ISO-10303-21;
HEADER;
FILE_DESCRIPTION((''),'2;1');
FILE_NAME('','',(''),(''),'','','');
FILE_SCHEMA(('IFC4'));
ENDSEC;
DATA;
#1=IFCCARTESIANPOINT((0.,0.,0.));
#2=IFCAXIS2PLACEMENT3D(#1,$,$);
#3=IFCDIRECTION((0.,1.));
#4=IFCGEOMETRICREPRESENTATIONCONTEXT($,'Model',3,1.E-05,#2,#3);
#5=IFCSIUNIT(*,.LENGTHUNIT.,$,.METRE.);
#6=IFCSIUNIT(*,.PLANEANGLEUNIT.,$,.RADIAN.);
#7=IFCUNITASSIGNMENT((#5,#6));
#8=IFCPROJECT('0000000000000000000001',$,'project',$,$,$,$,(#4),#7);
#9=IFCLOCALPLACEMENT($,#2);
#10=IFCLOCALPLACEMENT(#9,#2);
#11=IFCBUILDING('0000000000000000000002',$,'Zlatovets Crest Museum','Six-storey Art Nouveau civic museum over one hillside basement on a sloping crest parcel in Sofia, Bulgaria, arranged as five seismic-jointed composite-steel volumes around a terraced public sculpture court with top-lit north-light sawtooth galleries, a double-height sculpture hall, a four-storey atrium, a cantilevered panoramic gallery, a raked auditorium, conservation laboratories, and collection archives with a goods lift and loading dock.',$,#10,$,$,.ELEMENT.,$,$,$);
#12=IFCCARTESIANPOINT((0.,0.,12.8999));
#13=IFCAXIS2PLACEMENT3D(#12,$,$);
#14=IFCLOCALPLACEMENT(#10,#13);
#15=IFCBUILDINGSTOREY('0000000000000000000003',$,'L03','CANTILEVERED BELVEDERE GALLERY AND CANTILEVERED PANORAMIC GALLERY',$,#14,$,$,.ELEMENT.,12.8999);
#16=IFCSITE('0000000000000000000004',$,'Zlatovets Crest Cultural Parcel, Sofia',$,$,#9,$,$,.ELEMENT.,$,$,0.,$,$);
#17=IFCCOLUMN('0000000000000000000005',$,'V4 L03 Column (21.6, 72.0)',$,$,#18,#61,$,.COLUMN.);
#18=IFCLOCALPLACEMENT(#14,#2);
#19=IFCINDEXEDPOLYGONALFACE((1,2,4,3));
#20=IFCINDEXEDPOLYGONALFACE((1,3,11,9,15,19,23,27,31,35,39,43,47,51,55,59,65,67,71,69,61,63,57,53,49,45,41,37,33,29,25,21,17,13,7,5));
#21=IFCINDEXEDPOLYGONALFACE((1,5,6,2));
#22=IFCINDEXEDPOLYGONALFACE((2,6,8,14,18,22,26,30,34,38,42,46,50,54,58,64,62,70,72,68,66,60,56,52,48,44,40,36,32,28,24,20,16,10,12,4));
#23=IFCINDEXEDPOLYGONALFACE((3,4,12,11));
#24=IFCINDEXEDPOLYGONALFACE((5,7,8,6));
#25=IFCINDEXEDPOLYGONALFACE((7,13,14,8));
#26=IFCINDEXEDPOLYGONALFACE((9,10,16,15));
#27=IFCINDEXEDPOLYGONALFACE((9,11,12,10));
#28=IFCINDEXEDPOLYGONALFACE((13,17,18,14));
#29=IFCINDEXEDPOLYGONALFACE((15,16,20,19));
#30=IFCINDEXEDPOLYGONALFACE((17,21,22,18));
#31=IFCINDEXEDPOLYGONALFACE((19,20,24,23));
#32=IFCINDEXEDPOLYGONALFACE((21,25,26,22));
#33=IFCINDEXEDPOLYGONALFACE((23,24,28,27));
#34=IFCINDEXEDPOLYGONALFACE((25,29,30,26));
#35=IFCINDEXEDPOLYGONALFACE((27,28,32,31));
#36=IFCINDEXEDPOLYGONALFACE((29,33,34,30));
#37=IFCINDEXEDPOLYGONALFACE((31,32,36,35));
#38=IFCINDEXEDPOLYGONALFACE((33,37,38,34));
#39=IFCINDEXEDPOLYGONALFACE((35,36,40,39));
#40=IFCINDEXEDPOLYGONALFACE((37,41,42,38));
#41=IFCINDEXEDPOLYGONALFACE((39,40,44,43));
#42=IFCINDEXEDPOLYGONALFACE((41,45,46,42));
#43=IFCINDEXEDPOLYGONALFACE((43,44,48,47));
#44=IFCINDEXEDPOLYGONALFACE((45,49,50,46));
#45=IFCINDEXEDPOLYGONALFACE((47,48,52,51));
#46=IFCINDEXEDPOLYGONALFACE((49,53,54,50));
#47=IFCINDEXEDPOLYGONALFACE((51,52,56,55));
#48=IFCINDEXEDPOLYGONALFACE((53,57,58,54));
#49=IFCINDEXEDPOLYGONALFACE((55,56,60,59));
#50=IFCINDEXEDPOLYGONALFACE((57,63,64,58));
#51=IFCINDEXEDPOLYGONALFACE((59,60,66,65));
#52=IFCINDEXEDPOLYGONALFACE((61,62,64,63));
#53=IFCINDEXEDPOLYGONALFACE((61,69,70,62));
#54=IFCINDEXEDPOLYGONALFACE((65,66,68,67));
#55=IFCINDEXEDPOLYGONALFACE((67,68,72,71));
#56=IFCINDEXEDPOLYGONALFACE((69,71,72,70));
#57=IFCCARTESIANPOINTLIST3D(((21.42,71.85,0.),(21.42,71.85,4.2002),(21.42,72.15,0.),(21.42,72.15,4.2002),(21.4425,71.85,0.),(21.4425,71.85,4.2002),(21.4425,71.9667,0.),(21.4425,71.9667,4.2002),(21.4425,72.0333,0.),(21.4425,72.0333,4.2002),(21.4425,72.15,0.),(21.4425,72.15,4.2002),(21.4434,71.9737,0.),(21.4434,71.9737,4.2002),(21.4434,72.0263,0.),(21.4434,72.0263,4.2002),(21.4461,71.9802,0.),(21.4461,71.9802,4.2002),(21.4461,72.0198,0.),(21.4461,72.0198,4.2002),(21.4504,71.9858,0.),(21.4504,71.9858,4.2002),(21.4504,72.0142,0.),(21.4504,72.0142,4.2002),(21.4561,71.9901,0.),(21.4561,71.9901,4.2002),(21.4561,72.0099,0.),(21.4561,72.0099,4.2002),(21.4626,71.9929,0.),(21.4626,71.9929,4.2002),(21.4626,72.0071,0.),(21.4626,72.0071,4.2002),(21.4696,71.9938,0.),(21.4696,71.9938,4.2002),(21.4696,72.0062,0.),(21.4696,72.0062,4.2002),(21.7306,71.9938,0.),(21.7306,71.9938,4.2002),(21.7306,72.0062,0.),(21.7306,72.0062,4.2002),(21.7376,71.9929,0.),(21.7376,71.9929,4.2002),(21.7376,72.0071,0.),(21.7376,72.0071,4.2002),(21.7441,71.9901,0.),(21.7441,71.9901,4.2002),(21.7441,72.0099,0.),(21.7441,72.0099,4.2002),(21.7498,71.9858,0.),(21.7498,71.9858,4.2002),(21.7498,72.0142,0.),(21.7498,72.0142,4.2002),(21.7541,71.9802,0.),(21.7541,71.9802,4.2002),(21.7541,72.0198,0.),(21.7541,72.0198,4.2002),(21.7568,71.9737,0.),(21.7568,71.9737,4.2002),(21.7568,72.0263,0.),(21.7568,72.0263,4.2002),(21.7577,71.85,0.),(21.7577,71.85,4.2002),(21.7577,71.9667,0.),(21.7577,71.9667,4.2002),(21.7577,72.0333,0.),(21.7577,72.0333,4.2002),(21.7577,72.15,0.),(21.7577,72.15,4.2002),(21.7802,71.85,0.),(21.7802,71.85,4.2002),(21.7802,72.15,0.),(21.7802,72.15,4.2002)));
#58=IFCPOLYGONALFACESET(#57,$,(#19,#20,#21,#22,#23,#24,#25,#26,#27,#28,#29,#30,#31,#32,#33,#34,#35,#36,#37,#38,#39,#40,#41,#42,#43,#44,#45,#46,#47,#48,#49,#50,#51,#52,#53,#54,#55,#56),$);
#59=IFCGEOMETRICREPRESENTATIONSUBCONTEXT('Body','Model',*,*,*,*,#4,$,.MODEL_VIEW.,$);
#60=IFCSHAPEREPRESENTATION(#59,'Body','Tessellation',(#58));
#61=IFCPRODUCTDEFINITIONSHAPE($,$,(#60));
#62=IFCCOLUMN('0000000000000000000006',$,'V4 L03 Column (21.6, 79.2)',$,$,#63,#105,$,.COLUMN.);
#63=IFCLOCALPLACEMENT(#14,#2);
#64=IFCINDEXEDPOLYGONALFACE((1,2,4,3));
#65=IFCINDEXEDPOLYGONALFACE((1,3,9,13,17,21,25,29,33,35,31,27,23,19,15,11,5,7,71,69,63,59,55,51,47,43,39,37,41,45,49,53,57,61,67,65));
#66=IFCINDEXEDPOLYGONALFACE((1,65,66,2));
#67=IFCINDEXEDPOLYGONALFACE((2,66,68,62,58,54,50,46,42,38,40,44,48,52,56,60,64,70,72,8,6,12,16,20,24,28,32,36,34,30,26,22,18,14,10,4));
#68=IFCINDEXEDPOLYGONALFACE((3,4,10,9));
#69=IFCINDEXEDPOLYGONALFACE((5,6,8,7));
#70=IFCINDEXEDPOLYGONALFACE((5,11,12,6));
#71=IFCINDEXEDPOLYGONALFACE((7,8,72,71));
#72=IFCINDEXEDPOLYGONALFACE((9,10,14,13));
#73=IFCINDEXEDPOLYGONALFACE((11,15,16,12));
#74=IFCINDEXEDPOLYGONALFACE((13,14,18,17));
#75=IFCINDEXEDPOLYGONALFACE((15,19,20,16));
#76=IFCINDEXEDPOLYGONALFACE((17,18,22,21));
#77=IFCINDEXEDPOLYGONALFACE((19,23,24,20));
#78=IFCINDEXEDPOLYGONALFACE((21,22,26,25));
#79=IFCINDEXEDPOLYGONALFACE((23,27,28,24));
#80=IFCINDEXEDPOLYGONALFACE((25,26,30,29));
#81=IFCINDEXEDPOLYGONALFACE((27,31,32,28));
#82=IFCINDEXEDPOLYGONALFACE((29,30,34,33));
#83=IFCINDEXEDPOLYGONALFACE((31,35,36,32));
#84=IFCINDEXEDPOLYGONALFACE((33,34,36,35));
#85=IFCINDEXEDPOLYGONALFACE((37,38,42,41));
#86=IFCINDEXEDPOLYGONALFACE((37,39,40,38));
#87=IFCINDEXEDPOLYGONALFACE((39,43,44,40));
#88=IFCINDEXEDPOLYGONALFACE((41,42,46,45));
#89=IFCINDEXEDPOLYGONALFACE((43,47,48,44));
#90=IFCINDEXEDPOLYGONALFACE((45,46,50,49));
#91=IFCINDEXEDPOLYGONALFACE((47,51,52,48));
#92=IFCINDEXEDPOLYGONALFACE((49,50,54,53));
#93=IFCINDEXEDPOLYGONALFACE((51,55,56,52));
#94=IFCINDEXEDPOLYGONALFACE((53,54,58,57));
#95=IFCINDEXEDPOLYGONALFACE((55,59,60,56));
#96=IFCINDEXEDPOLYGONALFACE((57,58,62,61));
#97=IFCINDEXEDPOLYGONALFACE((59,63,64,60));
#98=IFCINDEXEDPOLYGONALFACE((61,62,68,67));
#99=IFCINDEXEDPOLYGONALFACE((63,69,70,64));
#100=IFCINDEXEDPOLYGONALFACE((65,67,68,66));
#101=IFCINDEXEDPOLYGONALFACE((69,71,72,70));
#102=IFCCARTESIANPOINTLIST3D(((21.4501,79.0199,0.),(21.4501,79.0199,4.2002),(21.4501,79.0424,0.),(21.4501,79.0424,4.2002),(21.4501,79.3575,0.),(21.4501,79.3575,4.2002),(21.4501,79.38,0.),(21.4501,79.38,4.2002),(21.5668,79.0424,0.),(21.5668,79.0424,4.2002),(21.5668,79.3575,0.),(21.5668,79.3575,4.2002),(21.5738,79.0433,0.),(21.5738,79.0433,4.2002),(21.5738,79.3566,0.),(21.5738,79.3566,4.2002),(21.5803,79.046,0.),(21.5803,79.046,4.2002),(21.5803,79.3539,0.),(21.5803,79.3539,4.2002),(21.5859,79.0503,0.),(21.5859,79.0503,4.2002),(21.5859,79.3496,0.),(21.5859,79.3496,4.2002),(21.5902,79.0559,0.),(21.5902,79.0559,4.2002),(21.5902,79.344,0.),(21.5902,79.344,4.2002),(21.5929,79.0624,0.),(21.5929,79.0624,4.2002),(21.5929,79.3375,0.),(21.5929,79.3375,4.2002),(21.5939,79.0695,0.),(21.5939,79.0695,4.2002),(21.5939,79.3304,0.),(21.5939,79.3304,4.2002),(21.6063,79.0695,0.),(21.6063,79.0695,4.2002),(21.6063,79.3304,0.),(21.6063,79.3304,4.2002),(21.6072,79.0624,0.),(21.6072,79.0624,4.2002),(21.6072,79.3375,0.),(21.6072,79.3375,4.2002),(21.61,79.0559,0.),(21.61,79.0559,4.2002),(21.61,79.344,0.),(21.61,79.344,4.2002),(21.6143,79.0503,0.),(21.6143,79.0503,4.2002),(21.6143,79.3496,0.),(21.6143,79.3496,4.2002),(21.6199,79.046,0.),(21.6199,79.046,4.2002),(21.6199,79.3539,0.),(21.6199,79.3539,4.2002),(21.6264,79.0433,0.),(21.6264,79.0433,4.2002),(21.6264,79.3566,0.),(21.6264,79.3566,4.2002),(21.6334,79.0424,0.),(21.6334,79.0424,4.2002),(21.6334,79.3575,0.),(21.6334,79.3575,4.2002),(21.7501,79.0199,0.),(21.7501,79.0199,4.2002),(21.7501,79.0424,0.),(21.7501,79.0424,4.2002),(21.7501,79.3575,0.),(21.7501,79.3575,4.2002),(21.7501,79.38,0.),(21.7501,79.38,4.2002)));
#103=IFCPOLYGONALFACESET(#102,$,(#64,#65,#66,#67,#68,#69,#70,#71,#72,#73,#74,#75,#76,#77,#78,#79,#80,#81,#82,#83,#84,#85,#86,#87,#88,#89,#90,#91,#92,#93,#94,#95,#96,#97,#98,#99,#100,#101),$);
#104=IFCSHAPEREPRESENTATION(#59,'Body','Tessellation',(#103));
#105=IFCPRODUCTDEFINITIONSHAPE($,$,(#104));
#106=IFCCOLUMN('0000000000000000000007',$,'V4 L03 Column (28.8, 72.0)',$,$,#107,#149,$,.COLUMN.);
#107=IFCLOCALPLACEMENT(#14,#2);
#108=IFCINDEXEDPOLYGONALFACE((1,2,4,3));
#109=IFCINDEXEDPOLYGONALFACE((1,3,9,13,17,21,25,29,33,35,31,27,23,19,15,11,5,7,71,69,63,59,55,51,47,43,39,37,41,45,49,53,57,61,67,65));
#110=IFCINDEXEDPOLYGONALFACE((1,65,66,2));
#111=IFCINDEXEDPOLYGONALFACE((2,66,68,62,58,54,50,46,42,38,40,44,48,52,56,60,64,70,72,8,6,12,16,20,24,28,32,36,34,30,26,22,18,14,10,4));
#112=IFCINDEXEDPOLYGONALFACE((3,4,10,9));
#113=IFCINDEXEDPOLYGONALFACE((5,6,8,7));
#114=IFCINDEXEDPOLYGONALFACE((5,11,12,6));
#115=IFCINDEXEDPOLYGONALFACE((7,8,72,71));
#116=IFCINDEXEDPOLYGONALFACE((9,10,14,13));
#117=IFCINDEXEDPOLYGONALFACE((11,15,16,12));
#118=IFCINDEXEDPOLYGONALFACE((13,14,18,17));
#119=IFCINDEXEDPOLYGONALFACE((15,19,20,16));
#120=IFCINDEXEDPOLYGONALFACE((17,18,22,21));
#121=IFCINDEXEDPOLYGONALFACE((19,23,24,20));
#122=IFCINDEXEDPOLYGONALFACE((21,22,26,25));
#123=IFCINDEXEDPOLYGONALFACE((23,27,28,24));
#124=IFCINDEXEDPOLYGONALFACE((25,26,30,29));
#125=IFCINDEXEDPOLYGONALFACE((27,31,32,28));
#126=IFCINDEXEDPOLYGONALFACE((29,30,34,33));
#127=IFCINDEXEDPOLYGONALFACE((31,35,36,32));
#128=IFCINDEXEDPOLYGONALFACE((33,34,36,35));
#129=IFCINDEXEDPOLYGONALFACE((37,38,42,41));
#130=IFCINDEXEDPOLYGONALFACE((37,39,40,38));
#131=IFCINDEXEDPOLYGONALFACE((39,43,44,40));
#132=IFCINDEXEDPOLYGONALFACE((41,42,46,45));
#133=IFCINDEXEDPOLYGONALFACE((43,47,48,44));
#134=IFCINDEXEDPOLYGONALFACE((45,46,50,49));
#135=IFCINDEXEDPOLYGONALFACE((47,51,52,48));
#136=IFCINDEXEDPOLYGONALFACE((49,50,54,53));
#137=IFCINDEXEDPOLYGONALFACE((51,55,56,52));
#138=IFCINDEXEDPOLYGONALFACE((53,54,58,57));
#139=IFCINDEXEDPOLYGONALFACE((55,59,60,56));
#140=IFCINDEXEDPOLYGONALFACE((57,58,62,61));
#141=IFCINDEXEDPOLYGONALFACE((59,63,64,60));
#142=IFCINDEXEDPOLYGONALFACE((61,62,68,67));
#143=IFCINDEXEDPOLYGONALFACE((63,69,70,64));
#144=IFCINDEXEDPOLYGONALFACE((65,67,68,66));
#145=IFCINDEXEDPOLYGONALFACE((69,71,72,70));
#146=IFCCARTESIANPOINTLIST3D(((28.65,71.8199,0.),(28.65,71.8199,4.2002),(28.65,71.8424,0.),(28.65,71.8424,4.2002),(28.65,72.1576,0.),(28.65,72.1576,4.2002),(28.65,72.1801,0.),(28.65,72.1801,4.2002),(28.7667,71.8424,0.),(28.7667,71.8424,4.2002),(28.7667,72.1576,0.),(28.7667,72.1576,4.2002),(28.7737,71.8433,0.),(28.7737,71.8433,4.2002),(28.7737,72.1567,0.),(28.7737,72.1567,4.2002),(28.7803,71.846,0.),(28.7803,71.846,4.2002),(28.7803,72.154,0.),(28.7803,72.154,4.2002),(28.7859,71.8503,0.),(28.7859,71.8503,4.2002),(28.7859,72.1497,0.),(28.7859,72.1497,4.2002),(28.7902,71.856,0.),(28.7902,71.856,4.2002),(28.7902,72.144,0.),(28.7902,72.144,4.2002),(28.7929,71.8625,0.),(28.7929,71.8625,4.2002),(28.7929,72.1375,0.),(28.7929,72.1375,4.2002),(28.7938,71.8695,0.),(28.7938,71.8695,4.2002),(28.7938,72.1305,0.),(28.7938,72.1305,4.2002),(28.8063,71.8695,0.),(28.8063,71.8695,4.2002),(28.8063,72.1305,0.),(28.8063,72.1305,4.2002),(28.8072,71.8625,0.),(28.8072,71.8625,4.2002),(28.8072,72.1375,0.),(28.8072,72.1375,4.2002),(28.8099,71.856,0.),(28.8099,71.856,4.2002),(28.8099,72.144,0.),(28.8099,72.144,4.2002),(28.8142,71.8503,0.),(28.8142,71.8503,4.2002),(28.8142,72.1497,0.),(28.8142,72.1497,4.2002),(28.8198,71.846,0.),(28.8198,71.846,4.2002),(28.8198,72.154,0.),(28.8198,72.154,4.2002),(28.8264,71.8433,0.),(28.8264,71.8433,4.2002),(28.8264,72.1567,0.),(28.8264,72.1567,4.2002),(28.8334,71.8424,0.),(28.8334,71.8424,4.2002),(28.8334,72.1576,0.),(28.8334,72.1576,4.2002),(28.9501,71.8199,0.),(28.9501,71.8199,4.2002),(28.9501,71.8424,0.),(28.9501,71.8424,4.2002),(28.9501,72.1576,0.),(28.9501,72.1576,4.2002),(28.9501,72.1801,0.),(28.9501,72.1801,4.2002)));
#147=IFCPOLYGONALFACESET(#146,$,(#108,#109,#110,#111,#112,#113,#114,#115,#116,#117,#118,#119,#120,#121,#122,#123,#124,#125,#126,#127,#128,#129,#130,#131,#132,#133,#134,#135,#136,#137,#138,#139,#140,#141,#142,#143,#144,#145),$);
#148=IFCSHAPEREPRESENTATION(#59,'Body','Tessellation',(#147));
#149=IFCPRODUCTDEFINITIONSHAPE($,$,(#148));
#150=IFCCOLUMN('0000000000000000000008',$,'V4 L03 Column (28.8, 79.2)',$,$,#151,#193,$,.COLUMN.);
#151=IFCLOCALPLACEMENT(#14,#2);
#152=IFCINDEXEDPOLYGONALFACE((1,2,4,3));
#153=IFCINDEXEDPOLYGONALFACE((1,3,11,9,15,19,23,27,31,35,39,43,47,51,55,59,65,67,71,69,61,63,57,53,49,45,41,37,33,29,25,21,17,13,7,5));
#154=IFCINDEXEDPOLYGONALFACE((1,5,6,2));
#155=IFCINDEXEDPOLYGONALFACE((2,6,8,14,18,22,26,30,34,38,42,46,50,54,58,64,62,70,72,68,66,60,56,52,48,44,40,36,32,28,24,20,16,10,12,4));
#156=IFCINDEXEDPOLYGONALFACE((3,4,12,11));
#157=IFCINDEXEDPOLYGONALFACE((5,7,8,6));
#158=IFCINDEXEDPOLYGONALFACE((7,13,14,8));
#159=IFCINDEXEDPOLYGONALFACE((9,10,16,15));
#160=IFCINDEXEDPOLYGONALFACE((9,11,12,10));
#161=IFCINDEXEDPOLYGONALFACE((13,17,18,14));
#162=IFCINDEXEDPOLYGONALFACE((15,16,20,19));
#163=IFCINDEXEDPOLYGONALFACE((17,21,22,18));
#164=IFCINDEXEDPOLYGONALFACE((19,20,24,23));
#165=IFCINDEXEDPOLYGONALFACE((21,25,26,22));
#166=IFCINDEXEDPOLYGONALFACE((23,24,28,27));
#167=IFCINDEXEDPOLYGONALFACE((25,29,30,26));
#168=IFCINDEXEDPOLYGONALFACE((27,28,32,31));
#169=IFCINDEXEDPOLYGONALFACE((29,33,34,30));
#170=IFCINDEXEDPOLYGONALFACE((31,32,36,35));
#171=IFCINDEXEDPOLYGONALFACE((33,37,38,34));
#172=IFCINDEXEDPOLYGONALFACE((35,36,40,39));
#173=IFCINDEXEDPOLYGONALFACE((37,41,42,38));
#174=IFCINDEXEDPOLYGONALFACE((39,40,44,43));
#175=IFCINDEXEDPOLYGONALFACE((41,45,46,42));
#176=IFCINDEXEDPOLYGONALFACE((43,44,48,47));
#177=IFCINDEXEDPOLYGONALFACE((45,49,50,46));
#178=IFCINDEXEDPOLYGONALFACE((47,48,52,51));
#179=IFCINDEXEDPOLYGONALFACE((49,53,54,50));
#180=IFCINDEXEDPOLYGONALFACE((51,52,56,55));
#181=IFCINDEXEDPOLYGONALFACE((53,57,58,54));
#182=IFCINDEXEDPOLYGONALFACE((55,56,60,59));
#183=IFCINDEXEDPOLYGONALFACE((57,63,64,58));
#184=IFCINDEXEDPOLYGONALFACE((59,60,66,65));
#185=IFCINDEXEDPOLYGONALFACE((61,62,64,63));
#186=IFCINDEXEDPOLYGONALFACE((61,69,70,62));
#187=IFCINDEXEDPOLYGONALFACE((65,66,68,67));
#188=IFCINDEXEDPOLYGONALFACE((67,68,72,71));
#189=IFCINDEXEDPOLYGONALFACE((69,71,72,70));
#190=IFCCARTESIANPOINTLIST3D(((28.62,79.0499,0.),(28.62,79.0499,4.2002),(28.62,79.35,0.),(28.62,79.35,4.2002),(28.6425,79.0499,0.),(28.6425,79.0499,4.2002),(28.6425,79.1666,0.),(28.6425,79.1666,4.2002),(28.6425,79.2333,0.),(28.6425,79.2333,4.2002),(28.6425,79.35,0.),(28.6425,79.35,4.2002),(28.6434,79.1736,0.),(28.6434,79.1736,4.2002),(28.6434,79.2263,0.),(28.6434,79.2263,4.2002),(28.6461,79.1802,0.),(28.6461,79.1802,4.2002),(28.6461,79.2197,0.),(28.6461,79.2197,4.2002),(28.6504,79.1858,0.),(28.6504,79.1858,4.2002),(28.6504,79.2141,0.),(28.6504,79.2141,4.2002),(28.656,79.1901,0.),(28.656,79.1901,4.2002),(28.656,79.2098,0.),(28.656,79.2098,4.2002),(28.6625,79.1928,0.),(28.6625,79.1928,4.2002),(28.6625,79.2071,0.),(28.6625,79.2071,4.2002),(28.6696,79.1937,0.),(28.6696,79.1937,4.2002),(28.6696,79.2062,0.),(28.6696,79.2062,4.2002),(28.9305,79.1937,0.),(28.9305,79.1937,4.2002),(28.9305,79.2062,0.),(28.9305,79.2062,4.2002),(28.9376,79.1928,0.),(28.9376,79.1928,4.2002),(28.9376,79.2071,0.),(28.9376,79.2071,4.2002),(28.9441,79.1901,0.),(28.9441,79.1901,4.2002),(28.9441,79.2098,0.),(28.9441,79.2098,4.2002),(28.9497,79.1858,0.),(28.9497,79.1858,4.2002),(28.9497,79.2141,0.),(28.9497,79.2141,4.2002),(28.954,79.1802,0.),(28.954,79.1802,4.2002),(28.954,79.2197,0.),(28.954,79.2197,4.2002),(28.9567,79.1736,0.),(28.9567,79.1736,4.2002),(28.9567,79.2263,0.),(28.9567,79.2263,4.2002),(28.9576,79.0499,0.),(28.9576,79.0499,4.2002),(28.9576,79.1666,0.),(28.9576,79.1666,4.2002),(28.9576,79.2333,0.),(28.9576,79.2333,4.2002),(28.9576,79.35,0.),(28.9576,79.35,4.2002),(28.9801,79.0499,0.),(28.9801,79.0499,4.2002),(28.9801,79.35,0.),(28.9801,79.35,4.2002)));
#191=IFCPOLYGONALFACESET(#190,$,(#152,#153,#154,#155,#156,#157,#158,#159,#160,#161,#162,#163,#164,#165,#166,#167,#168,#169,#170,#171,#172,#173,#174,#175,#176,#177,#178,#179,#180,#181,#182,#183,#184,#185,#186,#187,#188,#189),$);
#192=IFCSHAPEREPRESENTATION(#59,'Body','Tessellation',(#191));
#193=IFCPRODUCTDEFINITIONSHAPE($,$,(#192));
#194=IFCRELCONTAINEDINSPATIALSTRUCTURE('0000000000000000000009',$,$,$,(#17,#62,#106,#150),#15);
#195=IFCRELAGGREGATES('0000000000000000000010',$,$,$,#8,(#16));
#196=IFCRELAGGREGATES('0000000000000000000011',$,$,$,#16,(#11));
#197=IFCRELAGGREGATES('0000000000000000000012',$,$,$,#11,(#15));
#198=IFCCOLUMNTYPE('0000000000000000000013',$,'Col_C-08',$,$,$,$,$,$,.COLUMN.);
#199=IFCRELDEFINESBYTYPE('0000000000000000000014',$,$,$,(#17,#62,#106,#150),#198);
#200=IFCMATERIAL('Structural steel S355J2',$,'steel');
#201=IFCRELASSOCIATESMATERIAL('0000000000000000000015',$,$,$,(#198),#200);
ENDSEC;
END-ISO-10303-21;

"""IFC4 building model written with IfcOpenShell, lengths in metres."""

from ifc_helpers import new_model, si_unit, direction, frame, origin, origin_2d, place, context, subcontext, project, spatial, i_section, extrude, material, material_profile, profile_set, type_object, element, save


model = new_model("IFC4")

# Units and contexts
model_context = context("Model", 3, precision=1e-05, world=origin(), true_north=direction((0.0, 1.0)))
body_context = subcontext(model_context, "Body", "Model", "MODEL_VIEW")
ifc_project = project(units=[si_unit("LENGTHUNIT", "METRE"), si_unit("PLANEANGLEUNIT", "RADIAN")], contexts=[model_context])

# Site, building, storey
site_placement = place(None, origin())
site = spatial("IfcSite", under=ifc_project, at=site_placement, Name="Zlatovets Crest Cultural Parcel, Sofia", CompositionType="ELEMENT", RefElevation=0.0)
building_placement = place(site_placement, origin())
building = spatial("IfcBuilding", under=site, at=building_placement, Name="Zlatovets Crest Museum", Description="Six-storey Art Nouveau civic museum over one hillside basement on a sloping crest parcel in Sofia, Bulgaria, arranged as five seismic-jointed composite-steel volumes around a terraced public sculpture court with top-lit north-light sawtooth galleries, a double-height sculpture hall, a four-storey atrium, a cantilevered panoramic gallery, a raked auditorium, conservation laboratories, and collection archives with a goods lift and loading dock.", CompositionType="ELEMENT")
storey_placement = place(building_placement, frame((0.0, 0.0, 12.8999)))
storey = spatial("IfcBuildingStorey", under=building, at=storey_placement, Name="L03", Description="CANTILEVERED BELVEDERE GALLERY AND CANTILEVERED PANORAMIC GALLERY", CompositionType="ELEMENT", Elevation=12.8999)

# Columns
ifc_material_1 = material(Name="Structural steel S355J2", Category="steel")
ifc_material_profile_1 = material_profile(ifc_material_1, i_section(OverallWidth=0.3, OverallDepth=0.3601, WebThickness=0.0125, FlangeThickness=0.0225, FilletRadius=0.0271, at=origin_2d()), Name="HEB 360")
ifc_profile_set_1 = profile_set([ifc_material_profile_1], Name="Structural steel S355J2")
column_type = type_object("IfcColumnType", Name="Col_C-08", PredefinedType="COLUMN", material=ifc_profile_set_1)
for number, where, z_axis, x_axis, name in (
    (1, (21.6001, 72.0, 0.0), (0.0, 0.0, 1.0), (0.0, 1.0, 0.0), "V4 L03 Column (21.6, 72.0)"),
    (2, (21.6001, 79.2, 0.0), (0.0, 0.0, 1.0), (1.0, 0.0, 0.0), "V4 L03 Column (21.6, 79.2)"),
    (3, (28.8, 72.0, 0.0), (0.0, 0.0, 1.0), (1.0, 0.0, 0.0), "V4 L03 Column (28.8, 72.0)"),
    (4, (28.8, 79.2, 0.0), (0.0, 0.0, 1.0), (0.0, 1.0, 0.0), "V4 L03 Column (28.8, 79.2)"),
):
    element("IfcColumn", number, at=place(storey_placement, frame(where, z_axis=z_axis, x_axis=x_axis)), inside=storey, type_object=column_type, Name=name, PredefinedType="COLUMN", context=body_context, shape_type="SweptSolid", body=[
        extrude(i_section(OverallWidth=0.3, OverallDepth=0.3601, WebThickness=0.0125, FlangeThickness=0.0225, FilletRadius=0.0271, at=origin_2d()), origin(), (0.0, 0.0, 1.0), 4.2002),
    ])

save(model, "model.ifc")
